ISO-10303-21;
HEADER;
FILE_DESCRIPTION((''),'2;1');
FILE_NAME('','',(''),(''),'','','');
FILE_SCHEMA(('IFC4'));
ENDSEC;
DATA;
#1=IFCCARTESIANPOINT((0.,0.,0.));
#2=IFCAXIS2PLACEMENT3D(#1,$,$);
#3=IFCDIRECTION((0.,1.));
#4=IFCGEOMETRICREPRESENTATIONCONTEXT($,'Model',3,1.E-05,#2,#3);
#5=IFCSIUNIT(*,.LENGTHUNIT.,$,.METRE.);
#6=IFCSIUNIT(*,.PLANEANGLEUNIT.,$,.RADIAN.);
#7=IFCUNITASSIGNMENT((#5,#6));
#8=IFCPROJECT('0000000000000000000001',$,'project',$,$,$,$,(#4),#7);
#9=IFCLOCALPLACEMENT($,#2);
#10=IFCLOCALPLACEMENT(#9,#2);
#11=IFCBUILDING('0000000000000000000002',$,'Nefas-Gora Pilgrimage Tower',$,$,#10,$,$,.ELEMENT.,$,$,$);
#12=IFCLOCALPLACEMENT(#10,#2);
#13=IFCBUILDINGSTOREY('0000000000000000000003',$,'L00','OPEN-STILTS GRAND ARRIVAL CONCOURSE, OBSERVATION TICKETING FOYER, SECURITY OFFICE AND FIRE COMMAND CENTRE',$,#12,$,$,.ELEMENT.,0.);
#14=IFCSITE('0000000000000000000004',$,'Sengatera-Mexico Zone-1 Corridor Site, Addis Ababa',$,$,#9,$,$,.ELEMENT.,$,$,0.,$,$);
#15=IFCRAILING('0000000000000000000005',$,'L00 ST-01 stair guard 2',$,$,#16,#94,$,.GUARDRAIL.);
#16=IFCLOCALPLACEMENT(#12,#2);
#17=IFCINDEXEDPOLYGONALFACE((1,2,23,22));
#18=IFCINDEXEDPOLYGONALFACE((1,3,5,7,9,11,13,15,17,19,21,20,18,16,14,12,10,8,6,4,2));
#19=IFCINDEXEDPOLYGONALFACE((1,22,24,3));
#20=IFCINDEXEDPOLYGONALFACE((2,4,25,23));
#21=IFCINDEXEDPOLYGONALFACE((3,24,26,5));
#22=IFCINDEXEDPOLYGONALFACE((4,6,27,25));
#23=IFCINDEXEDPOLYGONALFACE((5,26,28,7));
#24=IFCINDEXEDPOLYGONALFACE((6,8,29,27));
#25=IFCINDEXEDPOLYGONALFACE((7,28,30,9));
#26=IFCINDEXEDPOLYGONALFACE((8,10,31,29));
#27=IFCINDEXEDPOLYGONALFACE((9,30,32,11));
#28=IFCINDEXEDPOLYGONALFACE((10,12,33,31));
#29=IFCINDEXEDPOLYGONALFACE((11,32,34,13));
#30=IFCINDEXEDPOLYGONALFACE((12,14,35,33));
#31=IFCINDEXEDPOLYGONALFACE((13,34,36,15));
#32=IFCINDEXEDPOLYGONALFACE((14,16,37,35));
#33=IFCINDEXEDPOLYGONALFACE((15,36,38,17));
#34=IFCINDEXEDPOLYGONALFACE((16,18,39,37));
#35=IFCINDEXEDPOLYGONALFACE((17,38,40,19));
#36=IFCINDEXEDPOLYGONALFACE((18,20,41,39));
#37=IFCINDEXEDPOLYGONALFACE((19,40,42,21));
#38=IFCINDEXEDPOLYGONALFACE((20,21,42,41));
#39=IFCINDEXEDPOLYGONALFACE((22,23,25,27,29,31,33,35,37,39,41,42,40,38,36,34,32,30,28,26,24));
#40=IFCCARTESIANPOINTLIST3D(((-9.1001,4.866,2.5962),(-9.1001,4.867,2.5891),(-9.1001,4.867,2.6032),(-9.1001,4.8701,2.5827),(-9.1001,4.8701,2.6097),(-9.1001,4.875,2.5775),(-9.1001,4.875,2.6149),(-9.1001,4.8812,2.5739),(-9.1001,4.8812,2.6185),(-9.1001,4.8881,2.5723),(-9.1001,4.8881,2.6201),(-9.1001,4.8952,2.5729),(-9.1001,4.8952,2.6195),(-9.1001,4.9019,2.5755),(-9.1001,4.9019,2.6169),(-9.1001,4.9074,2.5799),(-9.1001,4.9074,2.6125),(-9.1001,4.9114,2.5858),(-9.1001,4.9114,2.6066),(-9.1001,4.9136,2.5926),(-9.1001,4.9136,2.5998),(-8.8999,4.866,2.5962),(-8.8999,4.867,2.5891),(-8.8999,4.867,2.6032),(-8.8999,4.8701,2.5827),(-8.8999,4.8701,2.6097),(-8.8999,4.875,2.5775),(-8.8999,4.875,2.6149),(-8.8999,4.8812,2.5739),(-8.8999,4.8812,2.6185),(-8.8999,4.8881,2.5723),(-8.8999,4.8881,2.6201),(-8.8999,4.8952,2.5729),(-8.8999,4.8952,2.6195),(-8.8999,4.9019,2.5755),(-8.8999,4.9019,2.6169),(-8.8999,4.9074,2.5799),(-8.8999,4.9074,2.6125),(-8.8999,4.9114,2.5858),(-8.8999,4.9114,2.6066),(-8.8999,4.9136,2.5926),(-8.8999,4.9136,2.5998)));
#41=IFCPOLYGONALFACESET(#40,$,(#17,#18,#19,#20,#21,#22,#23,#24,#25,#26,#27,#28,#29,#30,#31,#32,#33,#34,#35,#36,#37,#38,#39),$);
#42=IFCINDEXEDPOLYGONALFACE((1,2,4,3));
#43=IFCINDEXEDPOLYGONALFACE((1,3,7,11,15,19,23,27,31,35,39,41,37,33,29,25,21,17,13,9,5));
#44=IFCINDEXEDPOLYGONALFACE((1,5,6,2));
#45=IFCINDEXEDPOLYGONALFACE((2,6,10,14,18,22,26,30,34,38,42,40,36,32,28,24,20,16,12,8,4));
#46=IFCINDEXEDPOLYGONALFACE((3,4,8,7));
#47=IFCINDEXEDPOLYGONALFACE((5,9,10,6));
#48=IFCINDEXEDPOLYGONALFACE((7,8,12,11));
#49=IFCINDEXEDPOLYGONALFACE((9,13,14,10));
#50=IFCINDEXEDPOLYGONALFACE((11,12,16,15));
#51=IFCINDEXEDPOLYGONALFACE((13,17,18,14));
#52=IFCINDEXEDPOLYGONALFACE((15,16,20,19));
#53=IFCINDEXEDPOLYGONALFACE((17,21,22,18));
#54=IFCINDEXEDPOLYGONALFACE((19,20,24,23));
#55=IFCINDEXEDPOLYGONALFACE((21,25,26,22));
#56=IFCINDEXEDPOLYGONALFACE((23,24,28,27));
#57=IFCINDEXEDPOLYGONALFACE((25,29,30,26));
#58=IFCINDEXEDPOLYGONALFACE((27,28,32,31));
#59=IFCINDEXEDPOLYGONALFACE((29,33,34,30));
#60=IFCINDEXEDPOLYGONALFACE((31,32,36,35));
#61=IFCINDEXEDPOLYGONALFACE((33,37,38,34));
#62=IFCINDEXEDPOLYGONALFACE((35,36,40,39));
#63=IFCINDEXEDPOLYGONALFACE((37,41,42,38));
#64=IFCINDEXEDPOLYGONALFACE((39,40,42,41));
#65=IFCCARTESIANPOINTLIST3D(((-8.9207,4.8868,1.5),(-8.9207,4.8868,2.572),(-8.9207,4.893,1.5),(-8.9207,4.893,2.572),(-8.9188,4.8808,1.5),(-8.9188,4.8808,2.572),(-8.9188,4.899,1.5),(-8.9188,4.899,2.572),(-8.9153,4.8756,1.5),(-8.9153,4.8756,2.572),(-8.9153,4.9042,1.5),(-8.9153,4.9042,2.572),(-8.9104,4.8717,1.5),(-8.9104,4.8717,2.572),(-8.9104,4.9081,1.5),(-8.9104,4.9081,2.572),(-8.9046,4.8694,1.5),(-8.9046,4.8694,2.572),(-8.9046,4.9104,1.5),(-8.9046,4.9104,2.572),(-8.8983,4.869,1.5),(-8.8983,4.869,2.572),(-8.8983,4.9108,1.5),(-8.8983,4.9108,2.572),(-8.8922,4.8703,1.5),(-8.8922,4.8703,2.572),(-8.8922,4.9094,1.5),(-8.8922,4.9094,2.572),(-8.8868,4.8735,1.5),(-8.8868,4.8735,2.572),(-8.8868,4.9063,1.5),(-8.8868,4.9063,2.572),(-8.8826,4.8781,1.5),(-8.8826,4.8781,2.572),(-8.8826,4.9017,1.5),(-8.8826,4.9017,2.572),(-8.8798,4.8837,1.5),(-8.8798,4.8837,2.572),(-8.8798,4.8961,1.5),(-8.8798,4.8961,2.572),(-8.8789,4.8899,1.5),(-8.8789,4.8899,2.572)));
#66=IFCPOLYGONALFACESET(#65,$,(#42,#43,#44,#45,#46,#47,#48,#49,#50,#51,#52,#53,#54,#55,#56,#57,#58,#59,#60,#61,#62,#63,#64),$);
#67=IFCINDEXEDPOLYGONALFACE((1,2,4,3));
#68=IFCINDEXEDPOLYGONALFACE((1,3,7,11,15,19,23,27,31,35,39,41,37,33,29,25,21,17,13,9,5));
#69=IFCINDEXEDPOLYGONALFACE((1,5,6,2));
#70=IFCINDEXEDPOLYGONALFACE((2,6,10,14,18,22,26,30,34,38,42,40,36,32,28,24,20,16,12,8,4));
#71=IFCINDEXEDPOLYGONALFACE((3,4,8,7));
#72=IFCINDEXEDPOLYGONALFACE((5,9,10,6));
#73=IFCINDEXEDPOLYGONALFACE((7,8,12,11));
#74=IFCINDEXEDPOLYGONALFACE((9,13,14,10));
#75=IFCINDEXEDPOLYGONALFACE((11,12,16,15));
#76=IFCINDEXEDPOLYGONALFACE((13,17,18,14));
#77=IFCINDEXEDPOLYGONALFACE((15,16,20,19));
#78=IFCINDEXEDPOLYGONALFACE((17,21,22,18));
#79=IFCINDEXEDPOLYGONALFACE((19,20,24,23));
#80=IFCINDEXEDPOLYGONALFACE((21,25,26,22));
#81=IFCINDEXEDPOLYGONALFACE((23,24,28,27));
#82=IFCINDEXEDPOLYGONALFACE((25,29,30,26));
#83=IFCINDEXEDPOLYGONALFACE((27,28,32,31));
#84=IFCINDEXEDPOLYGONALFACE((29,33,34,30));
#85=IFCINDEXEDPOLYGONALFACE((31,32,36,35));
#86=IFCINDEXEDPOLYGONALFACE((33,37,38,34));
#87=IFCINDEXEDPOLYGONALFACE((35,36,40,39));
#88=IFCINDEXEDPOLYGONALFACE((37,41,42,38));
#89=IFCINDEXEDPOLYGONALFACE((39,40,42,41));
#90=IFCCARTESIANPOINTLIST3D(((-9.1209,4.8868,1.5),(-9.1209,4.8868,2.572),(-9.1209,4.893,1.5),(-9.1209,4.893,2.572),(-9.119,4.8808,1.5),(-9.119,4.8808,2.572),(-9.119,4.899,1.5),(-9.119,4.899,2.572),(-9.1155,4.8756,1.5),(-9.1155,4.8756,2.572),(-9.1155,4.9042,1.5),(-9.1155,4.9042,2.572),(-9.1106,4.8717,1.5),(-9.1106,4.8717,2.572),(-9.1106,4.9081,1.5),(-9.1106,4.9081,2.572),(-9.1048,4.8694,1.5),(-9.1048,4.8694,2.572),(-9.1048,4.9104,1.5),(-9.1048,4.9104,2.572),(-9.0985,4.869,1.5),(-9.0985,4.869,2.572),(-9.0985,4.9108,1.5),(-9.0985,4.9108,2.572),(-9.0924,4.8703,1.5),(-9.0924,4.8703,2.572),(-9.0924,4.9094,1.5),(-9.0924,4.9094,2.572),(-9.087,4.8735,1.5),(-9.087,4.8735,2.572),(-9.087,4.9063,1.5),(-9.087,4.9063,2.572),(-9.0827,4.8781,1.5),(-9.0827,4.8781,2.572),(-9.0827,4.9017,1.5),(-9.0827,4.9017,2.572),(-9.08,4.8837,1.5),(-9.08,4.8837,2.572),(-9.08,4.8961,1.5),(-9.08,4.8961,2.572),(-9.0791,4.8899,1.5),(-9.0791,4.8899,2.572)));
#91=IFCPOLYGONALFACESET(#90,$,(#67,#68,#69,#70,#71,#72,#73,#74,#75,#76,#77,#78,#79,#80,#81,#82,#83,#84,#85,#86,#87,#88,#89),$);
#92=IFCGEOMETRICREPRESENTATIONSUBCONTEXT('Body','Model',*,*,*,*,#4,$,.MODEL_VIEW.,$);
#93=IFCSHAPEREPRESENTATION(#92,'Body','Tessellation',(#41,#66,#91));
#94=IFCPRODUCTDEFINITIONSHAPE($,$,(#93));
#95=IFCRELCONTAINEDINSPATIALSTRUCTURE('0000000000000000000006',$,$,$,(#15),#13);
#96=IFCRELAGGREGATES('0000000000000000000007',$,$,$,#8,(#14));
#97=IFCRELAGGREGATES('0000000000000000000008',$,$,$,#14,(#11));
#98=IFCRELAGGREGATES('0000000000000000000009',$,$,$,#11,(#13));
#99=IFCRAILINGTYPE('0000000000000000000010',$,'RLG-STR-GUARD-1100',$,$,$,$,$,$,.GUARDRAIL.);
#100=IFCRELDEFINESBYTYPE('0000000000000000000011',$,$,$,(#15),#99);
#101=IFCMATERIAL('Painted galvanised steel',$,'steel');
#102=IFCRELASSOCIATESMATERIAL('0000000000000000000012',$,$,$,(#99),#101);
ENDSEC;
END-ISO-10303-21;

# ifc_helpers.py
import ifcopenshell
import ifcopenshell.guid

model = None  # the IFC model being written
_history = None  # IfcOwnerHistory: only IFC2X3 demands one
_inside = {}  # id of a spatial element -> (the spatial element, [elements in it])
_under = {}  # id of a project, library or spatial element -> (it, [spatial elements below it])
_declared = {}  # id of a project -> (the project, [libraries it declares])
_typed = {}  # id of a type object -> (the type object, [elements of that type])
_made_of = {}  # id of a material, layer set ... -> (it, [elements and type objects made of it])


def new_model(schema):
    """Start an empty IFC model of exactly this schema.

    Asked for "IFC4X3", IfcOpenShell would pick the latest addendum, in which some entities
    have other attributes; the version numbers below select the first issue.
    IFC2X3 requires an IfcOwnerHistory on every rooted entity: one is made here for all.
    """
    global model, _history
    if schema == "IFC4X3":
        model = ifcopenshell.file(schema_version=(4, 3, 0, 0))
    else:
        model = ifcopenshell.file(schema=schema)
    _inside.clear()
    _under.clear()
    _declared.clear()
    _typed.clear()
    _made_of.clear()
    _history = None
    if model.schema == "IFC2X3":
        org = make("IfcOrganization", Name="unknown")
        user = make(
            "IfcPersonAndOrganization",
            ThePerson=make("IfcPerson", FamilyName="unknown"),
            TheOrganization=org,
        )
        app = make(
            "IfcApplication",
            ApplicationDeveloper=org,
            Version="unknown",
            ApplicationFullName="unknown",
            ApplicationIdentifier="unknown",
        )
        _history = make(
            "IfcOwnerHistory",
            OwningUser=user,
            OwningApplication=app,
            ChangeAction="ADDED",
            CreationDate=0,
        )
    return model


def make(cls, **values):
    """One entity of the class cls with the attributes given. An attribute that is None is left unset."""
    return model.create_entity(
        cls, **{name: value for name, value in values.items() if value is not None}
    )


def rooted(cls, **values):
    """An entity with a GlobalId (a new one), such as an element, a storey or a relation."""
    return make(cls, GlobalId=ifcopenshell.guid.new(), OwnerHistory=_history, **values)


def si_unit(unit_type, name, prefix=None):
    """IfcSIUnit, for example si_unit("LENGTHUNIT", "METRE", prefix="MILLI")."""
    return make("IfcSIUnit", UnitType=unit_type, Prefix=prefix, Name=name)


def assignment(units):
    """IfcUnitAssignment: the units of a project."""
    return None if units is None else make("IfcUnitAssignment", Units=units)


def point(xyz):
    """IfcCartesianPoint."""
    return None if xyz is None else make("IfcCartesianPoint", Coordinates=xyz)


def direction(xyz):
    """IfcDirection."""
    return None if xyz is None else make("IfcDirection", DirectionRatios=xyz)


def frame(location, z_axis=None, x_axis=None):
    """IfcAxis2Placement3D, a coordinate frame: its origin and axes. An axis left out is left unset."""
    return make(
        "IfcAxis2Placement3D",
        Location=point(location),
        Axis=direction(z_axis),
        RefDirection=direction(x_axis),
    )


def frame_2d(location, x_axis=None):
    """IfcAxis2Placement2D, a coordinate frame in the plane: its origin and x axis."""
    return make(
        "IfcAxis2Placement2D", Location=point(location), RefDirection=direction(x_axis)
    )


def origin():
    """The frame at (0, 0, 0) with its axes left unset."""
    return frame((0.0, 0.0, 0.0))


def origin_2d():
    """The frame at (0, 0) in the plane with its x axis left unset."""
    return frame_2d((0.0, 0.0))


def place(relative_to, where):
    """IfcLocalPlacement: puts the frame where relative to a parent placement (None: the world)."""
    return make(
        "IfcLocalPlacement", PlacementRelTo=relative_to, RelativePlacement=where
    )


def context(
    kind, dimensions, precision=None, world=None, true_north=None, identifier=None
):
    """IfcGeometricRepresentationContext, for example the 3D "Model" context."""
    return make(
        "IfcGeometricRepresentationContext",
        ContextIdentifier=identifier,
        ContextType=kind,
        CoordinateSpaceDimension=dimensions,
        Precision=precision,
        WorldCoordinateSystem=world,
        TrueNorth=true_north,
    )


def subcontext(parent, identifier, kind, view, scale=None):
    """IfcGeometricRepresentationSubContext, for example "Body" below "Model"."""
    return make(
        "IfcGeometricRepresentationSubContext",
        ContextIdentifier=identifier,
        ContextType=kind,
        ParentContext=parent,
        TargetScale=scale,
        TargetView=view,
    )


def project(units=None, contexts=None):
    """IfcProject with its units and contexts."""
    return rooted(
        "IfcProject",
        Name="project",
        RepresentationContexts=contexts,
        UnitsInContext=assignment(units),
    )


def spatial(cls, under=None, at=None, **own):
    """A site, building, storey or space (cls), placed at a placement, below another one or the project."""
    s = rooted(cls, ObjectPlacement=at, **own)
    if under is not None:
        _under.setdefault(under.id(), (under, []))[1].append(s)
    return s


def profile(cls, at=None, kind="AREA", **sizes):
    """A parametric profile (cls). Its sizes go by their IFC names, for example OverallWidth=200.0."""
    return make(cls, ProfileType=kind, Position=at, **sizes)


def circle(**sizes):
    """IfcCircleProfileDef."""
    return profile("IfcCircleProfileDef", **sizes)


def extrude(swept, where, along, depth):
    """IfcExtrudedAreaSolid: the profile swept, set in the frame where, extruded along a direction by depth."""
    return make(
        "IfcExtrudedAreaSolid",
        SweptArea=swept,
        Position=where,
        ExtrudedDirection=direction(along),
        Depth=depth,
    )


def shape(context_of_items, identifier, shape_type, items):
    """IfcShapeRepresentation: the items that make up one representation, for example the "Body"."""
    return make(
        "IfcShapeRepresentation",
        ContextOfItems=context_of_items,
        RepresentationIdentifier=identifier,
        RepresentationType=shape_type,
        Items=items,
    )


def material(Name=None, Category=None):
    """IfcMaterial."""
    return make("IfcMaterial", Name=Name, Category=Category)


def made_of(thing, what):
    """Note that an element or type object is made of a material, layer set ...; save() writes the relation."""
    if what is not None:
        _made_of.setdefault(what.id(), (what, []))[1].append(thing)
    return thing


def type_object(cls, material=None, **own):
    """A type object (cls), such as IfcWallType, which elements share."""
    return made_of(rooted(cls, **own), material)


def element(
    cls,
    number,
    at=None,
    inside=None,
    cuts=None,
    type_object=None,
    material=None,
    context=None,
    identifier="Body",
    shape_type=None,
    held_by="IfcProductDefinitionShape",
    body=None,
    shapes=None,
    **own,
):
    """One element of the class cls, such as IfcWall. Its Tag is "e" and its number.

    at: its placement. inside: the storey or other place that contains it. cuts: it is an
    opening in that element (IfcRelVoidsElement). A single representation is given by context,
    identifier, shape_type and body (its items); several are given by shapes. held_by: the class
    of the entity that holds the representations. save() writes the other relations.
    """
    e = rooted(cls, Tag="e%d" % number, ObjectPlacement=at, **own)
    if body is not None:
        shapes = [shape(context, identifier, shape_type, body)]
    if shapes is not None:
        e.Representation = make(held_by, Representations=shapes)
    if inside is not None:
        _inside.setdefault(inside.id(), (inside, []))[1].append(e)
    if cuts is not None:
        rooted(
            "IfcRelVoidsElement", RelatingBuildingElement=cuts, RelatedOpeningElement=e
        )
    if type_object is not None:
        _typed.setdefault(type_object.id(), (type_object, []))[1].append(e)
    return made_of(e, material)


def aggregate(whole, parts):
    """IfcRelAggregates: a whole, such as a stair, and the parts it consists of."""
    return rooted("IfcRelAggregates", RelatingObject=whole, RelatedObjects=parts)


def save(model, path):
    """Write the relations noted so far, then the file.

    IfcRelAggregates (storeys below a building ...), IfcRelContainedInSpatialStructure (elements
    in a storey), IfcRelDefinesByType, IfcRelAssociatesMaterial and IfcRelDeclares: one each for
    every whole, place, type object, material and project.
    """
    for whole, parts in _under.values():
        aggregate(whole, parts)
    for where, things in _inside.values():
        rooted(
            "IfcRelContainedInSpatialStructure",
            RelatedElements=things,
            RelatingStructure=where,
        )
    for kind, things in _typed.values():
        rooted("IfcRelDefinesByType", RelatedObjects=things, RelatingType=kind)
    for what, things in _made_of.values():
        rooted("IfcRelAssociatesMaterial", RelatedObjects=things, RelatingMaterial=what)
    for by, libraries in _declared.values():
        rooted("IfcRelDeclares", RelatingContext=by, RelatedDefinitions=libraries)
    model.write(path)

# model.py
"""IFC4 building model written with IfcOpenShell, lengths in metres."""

from ifc_helpers import new_model, si_unit, direction, frame, origin, origin_2d, place, context, subcontext, project, spatial, circle, extrude, material, type_object, element, save


model = new_model("IFC4")

# Units and contexts
model_context = context("Model", 3, precision=1e-05, world=origin(), true_north=direction((0.0, 1.0)))
body_context = subcontext(model_context, "Body", "Model", "MODEL_VIEW")
ifc_project = project(units=[si_unit("LENGTHUNIT", "METRE"), si_unit("PLANEANGLEUNIT", "RADIAN")], contexts=[model_context])

# Site, building, storey
site_placement = place(None, origin())
site = spatial("IfcSite", under=ifc_project, at=site_placement, Name="Sengatera-Mexico Zone-1 Corridor Site, Addis Ababa", CompositionType="ELEMENT", RefElevation=0.0)
building_placement = place(site_placement, origin())
building = spatial("IfcBuilding", under=site, at=building_placement, Name="Nefas-Gora Pilgrimage Tower", CompositionType="ELEMENT")
storey_placement = place(building_placement, origin())
storey = spatial("IfcBuildingStorey", under=building, at=storey_placement, Name="L00", Description="OPEN-STILTS GRAND ARRIVAL CONCOURSE, OBSERVATION TICKETING FOYER, SECURITY OFFICE AND FIRE COMMAND CENTRE", CompositionType="ELEMENT", Elevation=0.0)

# Railing
ifc_material_1 = material(Name="Painted galvanised steel", Category="steel")
railing_type_1 = type_object("IfcRailingType", Name="RLG-STR-GUARD-1100", PredefinedType="GUARDRAIL", material=ifc_material_1)
railing_1_placement = place(storey_placement, frame((-8.8999, 4.8899, 1.5)))
element("IfcRailing", 1, at=railing_1_placement, inside=storey, type_object=railing_type_1, Name="L00 ST-01 stair guard 2", PredefinedType="GUARDRAIL", context=body_context, shape_type="SweptSolid", body=[
    extrude(circle(Radius=0.0239, at=origin_2d()), frame((0.0, 0.0, 1.0962), z_axis=(-1.0, 0.0, 0.0), x_axis=(0.0, -1.0, 0.0)), (0.0, 0.0, 1.0), 0.2002),
    extrude(circle(Radius=0.021, at=origin_2d()), origin(), (0.0, 0.0, 1.0), 1.072),
    extrude(circle(Radius=0.021, at=origin_2d()), frame((-0.2002, 0.0, 0.0)), (0.0, 0.0, 1.0), 1.072),
])

save(model, "model.ifc")
